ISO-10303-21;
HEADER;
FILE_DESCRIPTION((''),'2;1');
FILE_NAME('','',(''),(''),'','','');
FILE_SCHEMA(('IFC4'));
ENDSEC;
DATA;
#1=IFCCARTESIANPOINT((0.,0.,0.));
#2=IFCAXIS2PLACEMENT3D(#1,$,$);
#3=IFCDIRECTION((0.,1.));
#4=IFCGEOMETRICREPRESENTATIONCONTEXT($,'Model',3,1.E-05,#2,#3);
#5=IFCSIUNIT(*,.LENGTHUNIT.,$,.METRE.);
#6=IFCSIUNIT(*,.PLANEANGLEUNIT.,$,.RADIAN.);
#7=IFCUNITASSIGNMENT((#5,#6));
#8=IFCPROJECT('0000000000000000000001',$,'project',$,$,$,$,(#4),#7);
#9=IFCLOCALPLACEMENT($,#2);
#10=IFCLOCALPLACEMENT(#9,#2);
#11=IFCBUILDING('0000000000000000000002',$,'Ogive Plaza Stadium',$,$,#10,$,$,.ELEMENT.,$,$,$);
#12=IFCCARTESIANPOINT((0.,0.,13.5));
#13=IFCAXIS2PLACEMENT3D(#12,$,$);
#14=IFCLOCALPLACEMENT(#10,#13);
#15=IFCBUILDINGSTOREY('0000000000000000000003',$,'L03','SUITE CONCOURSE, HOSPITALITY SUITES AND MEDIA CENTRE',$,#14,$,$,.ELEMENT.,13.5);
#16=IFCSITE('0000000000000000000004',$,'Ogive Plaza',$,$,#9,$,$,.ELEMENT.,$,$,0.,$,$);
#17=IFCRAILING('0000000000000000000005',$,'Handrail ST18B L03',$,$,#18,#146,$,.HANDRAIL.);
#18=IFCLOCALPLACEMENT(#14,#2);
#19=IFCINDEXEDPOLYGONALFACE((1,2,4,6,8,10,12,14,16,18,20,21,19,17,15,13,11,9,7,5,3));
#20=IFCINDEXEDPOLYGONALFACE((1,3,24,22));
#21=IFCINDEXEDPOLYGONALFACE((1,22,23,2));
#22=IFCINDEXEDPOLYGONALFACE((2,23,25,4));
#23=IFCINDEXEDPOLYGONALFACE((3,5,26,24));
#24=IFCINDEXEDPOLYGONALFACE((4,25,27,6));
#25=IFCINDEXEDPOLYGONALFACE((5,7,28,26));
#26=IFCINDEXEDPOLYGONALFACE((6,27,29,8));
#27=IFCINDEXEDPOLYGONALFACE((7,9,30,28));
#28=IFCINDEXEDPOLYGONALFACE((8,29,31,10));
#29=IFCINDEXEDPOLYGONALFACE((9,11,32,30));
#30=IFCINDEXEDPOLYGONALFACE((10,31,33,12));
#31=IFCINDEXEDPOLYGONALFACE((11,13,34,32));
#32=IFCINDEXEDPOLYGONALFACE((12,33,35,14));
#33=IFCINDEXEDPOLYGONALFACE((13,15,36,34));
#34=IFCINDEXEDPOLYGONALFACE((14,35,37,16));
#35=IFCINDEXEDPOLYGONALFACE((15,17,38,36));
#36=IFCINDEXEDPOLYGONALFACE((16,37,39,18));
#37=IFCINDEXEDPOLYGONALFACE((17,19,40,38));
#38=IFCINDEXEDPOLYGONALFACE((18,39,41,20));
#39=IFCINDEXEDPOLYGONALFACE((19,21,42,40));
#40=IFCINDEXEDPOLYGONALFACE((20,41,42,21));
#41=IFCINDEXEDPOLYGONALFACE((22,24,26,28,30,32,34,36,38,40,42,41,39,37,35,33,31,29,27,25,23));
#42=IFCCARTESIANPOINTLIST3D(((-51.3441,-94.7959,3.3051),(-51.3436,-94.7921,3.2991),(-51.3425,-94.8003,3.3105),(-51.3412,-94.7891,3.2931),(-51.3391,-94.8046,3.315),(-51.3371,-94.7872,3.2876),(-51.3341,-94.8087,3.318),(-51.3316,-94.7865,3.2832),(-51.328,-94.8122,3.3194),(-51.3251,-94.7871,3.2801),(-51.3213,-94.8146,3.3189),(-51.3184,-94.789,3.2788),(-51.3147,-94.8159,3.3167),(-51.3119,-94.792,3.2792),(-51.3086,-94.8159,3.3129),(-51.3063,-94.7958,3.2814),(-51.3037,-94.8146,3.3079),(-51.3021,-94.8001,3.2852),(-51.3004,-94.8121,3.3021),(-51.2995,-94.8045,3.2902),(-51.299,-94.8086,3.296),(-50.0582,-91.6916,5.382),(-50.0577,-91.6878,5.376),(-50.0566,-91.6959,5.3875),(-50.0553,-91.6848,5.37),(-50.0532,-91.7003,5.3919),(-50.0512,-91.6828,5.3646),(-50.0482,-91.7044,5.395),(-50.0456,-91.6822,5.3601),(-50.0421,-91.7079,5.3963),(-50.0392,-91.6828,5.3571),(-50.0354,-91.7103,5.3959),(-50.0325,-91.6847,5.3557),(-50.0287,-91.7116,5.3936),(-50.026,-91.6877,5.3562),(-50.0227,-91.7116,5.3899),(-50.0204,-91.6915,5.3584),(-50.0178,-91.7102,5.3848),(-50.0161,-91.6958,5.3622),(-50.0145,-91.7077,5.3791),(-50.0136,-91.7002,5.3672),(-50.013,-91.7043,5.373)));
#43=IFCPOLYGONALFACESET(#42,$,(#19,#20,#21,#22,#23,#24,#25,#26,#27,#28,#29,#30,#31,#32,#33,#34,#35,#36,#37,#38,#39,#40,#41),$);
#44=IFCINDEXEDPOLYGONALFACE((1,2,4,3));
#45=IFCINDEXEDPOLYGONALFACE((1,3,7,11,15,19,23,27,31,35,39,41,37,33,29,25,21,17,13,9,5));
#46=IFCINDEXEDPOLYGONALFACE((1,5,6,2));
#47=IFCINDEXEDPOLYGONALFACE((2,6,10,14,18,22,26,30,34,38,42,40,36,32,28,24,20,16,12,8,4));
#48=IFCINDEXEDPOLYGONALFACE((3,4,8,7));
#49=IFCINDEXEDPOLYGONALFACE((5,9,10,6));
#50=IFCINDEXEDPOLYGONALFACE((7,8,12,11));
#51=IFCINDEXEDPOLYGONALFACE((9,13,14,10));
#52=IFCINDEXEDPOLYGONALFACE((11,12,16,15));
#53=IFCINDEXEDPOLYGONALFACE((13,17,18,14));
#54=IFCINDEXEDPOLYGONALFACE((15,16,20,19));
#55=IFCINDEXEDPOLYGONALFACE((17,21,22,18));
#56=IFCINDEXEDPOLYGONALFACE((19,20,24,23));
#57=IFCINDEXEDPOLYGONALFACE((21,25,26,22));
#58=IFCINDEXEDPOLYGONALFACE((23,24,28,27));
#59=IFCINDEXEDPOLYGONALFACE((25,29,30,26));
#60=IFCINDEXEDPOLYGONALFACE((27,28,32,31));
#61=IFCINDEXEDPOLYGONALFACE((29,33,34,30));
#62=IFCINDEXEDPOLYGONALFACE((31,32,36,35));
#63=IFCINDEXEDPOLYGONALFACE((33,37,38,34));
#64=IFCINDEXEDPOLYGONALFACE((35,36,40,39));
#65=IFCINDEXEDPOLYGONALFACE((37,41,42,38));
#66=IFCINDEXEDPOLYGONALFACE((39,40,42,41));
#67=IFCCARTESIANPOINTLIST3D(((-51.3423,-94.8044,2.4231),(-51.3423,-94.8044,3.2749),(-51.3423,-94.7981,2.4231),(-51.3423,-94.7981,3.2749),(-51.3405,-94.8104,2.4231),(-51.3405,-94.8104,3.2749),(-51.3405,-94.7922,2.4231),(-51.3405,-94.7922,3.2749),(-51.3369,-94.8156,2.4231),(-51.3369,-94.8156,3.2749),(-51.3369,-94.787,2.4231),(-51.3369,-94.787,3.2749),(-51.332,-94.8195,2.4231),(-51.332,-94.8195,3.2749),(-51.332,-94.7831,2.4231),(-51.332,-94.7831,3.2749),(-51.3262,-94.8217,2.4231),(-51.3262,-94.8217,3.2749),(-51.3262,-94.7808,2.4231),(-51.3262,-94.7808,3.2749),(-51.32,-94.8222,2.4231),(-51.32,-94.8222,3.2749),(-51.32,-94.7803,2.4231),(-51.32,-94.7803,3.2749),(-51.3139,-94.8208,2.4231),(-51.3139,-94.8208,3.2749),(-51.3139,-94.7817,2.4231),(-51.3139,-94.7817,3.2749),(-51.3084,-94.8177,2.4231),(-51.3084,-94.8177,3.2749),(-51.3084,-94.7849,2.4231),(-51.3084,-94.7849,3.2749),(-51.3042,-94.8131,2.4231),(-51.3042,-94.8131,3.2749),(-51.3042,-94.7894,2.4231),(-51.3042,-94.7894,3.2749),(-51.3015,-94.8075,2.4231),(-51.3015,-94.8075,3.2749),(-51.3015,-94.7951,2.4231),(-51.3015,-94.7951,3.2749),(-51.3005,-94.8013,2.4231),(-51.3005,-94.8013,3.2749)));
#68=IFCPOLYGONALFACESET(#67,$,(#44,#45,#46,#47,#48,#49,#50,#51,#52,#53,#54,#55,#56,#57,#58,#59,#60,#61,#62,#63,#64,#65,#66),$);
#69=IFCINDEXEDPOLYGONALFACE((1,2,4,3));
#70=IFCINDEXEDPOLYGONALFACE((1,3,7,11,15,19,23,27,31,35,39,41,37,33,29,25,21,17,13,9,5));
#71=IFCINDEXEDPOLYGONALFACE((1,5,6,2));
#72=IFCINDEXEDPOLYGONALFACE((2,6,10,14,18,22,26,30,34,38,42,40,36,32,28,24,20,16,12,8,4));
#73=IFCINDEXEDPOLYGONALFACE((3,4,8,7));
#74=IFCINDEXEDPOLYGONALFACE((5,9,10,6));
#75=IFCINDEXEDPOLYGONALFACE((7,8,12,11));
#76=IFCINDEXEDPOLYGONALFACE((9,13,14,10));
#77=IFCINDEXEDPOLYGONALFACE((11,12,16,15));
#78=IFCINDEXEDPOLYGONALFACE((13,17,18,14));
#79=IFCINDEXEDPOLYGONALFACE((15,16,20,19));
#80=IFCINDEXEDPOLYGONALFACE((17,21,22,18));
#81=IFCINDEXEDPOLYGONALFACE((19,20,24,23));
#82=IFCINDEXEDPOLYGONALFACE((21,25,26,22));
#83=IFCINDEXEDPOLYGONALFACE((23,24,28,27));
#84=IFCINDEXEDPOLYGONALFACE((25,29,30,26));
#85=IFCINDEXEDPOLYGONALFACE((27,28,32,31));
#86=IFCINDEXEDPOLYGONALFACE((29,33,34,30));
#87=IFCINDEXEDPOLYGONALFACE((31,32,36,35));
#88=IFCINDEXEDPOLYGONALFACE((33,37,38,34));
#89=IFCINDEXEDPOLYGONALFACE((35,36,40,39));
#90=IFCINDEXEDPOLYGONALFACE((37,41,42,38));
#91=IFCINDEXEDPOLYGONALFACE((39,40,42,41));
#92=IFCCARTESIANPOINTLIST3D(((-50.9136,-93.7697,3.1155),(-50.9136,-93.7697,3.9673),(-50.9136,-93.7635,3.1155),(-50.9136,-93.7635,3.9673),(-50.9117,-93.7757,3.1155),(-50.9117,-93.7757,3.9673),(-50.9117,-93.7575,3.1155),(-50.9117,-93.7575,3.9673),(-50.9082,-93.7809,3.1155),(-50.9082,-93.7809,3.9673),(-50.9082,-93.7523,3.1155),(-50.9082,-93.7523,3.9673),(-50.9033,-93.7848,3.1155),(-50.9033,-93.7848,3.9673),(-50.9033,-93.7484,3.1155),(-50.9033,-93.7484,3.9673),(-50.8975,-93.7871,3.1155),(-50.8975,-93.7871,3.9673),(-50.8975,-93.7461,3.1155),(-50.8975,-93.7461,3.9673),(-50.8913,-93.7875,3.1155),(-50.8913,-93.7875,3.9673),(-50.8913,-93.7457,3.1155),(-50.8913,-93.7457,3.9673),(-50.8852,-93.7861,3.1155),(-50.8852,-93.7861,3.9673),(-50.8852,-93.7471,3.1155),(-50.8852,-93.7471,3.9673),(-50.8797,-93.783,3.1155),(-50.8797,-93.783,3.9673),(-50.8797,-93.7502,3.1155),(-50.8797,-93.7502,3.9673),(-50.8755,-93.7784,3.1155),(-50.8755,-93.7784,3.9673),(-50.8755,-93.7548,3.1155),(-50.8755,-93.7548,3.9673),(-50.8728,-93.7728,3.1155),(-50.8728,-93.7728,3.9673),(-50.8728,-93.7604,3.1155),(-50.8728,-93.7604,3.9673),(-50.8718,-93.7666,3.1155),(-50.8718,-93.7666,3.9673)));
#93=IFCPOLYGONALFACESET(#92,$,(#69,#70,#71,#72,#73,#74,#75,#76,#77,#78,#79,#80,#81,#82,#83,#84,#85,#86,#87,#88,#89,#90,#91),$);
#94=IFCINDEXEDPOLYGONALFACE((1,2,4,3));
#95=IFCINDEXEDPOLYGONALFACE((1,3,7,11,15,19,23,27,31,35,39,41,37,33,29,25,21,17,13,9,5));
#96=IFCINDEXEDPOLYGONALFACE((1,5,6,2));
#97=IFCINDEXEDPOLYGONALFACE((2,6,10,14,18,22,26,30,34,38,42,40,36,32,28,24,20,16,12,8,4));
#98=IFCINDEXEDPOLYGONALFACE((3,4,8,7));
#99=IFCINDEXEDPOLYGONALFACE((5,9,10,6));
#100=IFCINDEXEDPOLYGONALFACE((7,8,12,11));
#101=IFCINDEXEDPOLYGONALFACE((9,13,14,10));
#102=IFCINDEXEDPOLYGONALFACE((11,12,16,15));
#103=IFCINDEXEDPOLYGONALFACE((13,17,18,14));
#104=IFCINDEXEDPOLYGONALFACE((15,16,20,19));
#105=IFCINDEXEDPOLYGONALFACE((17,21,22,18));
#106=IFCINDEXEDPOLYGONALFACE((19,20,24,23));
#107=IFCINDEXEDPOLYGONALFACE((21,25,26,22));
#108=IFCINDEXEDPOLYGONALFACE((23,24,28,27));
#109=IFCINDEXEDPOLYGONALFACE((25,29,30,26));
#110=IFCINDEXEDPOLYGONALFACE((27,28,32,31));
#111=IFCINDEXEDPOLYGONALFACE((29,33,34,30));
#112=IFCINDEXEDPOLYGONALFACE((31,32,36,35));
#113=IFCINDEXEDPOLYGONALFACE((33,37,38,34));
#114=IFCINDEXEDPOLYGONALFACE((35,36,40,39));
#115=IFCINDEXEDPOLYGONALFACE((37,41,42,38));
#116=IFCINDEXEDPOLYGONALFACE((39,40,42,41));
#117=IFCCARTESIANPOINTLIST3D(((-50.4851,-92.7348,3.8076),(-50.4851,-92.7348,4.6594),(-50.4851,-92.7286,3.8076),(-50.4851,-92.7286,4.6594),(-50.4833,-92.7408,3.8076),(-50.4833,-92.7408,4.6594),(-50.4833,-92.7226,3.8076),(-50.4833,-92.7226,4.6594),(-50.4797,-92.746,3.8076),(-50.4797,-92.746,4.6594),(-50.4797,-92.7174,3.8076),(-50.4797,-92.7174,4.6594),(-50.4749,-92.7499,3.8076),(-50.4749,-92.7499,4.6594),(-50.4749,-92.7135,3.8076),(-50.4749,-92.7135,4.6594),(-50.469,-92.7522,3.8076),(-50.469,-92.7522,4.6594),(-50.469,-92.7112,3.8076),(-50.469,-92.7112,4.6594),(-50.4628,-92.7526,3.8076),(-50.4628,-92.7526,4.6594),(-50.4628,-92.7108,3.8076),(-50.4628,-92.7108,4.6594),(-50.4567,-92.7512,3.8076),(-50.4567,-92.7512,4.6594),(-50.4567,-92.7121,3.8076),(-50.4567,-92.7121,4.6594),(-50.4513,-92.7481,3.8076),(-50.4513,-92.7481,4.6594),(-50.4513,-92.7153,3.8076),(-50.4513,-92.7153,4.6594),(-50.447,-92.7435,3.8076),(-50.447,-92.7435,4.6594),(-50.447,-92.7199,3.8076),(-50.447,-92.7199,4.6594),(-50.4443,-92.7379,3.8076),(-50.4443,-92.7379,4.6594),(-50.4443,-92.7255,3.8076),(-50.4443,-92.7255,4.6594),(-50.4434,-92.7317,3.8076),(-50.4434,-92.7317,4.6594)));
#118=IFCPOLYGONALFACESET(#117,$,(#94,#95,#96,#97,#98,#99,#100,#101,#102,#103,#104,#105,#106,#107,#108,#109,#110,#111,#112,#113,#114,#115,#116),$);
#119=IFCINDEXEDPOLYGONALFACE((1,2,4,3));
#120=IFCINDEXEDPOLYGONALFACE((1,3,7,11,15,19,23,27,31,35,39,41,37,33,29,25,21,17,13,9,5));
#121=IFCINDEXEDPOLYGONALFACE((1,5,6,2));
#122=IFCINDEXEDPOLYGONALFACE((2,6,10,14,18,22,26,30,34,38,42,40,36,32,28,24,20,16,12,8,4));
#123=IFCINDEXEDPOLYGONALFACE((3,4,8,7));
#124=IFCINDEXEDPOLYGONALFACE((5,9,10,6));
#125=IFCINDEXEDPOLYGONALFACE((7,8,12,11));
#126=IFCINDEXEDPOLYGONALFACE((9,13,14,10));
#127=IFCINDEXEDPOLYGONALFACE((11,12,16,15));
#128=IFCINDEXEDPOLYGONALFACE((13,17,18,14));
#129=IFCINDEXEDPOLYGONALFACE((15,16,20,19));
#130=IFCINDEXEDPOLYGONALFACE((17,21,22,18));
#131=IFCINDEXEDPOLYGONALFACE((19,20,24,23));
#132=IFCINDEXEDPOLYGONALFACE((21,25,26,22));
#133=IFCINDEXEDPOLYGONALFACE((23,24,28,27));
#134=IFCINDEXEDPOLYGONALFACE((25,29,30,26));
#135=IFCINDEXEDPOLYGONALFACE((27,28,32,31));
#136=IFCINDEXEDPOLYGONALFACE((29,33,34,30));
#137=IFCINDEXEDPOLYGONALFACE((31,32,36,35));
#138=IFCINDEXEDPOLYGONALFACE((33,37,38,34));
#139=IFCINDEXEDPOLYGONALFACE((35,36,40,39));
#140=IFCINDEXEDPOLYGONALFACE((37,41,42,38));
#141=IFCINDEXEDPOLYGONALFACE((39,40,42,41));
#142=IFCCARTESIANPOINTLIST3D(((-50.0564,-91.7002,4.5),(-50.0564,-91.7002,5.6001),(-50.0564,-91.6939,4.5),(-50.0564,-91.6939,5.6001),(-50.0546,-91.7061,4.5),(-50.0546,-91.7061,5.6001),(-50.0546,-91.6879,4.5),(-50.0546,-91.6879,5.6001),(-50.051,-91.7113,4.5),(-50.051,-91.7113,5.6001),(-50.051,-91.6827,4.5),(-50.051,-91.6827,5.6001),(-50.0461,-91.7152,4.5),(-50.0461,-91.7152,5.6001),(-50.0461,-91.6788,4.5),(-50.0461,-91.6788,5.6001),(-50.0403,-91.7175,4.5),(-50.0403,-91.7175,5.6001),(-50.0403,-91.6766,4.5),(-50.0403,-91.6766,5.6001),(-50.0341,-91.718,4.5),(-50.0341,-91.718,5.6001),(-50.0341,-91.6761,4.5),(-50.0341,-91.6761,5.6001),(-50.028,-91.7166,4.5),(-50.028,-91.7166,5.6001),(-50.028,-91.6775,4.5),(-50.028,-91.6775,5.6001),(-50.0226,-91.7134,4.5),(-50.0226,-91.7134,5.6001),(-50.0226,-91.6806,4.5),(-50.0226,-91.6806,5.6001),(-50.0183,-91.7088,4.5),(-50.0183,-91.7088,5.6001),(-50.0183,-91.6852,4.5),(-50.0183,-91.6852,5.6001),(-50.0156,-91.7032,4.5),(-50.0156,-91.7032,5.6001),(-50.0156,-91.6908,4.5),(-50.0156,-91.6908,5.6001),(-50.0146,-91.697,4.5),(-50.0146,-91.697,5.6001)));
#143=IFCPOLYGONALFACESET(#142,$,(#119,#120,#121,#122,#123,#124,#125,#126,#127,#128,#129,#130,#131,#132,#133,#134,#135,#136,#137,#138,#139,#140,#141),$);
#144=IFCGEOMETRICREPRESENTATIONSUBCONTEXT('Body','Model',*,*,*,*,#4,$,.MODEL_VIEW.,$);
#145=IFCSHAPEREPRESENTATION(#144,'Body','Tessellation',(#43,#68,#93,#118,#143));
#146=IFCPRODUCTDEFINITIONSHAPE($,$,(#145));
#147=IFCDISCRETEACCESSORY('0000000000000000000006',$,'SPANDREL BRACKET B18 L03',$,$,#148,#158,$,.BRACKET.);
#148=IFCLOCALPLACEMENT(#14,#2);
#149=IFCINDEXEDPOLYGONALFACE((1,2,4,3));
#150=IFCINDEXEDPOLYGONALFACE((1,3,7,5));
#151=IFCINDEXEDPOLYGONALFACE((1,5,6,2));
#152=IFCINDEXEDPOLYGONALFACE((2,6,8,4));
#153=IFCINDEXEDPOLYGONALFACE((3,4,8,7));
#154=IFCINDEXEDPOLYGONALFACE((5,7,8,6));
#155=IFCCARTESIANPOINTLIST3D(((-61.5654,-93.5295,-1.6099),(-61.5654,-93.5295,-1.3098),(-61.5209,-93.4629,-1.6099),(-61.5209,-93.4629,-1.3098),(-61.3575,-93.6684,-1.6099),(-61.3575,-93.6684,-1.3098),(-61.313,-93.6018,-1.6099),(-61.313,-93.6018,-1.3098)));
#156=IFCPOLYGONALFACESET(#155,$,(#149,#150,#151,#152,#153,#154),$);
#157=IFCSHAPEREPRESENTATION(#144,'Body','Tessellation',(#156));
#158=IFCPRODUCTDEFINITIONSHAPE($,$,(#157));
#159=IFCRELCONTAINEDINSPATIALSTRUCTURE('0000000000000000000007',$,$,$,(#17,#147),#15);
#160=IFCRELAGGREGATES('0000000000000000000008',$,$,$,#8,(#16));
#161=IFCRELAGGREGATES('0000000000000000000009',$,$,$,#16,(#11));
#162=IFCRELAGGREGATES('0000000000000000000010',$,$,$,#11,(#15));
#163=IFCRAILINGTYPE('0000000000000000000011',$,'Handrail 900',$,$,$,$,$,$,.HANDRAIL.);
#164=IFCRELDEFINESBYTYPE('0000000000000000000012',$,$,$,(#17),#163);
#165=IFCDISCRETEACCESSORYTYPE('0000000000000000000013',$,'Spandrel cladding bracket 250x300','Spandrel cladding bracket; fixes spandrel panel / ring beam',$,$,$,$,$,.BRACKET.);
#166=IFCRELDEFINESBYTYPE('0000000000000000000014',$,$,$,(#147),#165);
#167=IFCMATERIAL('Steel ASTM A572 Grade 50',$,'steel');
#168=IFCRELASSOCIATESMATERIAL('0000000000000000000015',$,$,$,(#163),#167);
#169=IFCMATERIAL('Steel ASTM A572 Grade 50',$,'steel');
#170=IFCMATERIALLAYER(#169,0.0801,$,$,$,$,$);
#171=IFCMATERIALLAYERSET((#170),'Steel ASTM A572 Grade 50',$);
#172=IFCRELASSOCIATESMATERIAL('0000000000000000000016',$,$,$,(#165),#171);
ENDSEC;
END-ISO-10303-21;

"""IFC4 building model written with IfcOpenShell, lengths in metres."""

from ifc_helpers import new_model, si_unit, direction, frame, origin, origin_2d, place, context, subcontext, project, spatial, rectangle, circle, extrude, material, layer, layer_set, type_object, element, save


model = new_model("IFC4")

# Units and contexts
model_context = context("Model", 3, precision=1e-05, world=origin(), true_north=direction((0.0, 1.0)))
body_context = subcontext(model_context, "Body", "Model", "MODEL_VIEW")
ifc_project = project(units=[si_unit("LENGTHUNIT", "METRE"), si_unit("PLANEANGLEUNIT", "RADIAN")], contexts=[model_context])

# Site, building, storey
site_placement = place(None, origin())
site = spatial("IfcSite", under=ifc_project, at=site_placement, Name="Ogive Plaza", CompositionType="ELEMENT", RefElevation=0.0)
building_placement = place(site_placement, origin())
building = spatial("IfcBuilding", under=site, at=building_placement, Name="Ogive Plaza Stadium", CompositionType="ELEMENT")
storey_placement = place(building_placement, frame((0.0, 0.0, 13.5)))
storey = spatial("IfcBuildingStorey", under=building, at=storey_placement, Name="L03", Description="SUITE CONCOURSE, HOSPITALITY SUITES AND MEDIA CENTRE", CompositionType="ELEMENT", Elevation=13.5)

# Railing
ifc_material_1 = material(Name="Steel ASTM A572 Grade 50", Category="steel")
railing_type_1 = type_object("IfcRailingType", Name="Handrail 900", PredefinedType="HANDRAIL", material=ifc_material_1)
railing_1_placement = place(storey_placement, frame((-51.3215, -94.8013, 2.4231)))
element("IfcRailing", 1, at=railing_1_placement, inside=storey, type_object=railing_type_1, Name="Handrail ST18B L03", PredefinedType="HANDRAIL", context=body_context, shape_type="SweptSolid", body=[
    extrude(circle(Radius=0.0239, at=origin_2d()), frame((0.0, 0.0, 0.876), z_axis=(0.325532, 0.785863, 0.525783), x_axis=(-0.923872, 0.3827, 0.0)), (0.0, 0.0, 1.0), 3.9502),
    extrude(circle(Radius=0.021, at=origin_2d()), origin(), (0.0, 0.0, 1.0), 0.8518),
    extrude(circle(Radius=0.021, at=origin_2d()), frame((0.4287, 1.0347, 0.6924)), (0.0, 0.0, 1.0), 0.8518),
    extrude(circle(Radius=0.021, at=origin_2d()), frame((0.8572, 2.0696, 1.3845)), (0.0, 0.0, 1.0), 0.8518),
    extrude(circle(Radius=0.021, at=origin_2d()), frame((1.2859, 3.1042, 2.0769)), (0.0, 0.0, 1.0), 1.1001),
])

# Discrete accessory
ifc_material_2 = material(Name="Steel ASTM A572 Grade 50", Category="steel")
ifc_layer_1 = layer(ifc_material_2, 0.0801)
ifc_layer_set_1 = layer_set([ifc_layer_1], Name="Steel ASTM A572 Grade 50")
discrete_accessory_type = type_object("IfcDiscreteAccessoryType", Name="Spandrel cladding bracket 250x300", Description="Spandrel cladding bracket; fixes spandrel panel / ring beam", PredefinedType="BRACKET", material=ifc_layer_set_1)
discrete_accessory_placement = place(storey_placement, frame((-61.4392, -93.5657, -1.6099), z_axis=(0.0, 0.0, 1.0), x_axis=(-0.83147, 0.55557, 0.0)))
element("IfcDiscreteAccessory", 2, at=discrete_accessory_placement, inside=storey, type_object=discrete_accessory_type, Name="SPANDREL BRACKET B18 L03", PredefinedType="BRACKET", context=body_context, shape_type="SweptSolid", body=[
    extrude(rectangle(XDim=0.25, YDim=0.0801, at=origin_2d()), origin(), (0.0, 0.0, 1.0), 0.3),
])

save(model, "model.ifc")
